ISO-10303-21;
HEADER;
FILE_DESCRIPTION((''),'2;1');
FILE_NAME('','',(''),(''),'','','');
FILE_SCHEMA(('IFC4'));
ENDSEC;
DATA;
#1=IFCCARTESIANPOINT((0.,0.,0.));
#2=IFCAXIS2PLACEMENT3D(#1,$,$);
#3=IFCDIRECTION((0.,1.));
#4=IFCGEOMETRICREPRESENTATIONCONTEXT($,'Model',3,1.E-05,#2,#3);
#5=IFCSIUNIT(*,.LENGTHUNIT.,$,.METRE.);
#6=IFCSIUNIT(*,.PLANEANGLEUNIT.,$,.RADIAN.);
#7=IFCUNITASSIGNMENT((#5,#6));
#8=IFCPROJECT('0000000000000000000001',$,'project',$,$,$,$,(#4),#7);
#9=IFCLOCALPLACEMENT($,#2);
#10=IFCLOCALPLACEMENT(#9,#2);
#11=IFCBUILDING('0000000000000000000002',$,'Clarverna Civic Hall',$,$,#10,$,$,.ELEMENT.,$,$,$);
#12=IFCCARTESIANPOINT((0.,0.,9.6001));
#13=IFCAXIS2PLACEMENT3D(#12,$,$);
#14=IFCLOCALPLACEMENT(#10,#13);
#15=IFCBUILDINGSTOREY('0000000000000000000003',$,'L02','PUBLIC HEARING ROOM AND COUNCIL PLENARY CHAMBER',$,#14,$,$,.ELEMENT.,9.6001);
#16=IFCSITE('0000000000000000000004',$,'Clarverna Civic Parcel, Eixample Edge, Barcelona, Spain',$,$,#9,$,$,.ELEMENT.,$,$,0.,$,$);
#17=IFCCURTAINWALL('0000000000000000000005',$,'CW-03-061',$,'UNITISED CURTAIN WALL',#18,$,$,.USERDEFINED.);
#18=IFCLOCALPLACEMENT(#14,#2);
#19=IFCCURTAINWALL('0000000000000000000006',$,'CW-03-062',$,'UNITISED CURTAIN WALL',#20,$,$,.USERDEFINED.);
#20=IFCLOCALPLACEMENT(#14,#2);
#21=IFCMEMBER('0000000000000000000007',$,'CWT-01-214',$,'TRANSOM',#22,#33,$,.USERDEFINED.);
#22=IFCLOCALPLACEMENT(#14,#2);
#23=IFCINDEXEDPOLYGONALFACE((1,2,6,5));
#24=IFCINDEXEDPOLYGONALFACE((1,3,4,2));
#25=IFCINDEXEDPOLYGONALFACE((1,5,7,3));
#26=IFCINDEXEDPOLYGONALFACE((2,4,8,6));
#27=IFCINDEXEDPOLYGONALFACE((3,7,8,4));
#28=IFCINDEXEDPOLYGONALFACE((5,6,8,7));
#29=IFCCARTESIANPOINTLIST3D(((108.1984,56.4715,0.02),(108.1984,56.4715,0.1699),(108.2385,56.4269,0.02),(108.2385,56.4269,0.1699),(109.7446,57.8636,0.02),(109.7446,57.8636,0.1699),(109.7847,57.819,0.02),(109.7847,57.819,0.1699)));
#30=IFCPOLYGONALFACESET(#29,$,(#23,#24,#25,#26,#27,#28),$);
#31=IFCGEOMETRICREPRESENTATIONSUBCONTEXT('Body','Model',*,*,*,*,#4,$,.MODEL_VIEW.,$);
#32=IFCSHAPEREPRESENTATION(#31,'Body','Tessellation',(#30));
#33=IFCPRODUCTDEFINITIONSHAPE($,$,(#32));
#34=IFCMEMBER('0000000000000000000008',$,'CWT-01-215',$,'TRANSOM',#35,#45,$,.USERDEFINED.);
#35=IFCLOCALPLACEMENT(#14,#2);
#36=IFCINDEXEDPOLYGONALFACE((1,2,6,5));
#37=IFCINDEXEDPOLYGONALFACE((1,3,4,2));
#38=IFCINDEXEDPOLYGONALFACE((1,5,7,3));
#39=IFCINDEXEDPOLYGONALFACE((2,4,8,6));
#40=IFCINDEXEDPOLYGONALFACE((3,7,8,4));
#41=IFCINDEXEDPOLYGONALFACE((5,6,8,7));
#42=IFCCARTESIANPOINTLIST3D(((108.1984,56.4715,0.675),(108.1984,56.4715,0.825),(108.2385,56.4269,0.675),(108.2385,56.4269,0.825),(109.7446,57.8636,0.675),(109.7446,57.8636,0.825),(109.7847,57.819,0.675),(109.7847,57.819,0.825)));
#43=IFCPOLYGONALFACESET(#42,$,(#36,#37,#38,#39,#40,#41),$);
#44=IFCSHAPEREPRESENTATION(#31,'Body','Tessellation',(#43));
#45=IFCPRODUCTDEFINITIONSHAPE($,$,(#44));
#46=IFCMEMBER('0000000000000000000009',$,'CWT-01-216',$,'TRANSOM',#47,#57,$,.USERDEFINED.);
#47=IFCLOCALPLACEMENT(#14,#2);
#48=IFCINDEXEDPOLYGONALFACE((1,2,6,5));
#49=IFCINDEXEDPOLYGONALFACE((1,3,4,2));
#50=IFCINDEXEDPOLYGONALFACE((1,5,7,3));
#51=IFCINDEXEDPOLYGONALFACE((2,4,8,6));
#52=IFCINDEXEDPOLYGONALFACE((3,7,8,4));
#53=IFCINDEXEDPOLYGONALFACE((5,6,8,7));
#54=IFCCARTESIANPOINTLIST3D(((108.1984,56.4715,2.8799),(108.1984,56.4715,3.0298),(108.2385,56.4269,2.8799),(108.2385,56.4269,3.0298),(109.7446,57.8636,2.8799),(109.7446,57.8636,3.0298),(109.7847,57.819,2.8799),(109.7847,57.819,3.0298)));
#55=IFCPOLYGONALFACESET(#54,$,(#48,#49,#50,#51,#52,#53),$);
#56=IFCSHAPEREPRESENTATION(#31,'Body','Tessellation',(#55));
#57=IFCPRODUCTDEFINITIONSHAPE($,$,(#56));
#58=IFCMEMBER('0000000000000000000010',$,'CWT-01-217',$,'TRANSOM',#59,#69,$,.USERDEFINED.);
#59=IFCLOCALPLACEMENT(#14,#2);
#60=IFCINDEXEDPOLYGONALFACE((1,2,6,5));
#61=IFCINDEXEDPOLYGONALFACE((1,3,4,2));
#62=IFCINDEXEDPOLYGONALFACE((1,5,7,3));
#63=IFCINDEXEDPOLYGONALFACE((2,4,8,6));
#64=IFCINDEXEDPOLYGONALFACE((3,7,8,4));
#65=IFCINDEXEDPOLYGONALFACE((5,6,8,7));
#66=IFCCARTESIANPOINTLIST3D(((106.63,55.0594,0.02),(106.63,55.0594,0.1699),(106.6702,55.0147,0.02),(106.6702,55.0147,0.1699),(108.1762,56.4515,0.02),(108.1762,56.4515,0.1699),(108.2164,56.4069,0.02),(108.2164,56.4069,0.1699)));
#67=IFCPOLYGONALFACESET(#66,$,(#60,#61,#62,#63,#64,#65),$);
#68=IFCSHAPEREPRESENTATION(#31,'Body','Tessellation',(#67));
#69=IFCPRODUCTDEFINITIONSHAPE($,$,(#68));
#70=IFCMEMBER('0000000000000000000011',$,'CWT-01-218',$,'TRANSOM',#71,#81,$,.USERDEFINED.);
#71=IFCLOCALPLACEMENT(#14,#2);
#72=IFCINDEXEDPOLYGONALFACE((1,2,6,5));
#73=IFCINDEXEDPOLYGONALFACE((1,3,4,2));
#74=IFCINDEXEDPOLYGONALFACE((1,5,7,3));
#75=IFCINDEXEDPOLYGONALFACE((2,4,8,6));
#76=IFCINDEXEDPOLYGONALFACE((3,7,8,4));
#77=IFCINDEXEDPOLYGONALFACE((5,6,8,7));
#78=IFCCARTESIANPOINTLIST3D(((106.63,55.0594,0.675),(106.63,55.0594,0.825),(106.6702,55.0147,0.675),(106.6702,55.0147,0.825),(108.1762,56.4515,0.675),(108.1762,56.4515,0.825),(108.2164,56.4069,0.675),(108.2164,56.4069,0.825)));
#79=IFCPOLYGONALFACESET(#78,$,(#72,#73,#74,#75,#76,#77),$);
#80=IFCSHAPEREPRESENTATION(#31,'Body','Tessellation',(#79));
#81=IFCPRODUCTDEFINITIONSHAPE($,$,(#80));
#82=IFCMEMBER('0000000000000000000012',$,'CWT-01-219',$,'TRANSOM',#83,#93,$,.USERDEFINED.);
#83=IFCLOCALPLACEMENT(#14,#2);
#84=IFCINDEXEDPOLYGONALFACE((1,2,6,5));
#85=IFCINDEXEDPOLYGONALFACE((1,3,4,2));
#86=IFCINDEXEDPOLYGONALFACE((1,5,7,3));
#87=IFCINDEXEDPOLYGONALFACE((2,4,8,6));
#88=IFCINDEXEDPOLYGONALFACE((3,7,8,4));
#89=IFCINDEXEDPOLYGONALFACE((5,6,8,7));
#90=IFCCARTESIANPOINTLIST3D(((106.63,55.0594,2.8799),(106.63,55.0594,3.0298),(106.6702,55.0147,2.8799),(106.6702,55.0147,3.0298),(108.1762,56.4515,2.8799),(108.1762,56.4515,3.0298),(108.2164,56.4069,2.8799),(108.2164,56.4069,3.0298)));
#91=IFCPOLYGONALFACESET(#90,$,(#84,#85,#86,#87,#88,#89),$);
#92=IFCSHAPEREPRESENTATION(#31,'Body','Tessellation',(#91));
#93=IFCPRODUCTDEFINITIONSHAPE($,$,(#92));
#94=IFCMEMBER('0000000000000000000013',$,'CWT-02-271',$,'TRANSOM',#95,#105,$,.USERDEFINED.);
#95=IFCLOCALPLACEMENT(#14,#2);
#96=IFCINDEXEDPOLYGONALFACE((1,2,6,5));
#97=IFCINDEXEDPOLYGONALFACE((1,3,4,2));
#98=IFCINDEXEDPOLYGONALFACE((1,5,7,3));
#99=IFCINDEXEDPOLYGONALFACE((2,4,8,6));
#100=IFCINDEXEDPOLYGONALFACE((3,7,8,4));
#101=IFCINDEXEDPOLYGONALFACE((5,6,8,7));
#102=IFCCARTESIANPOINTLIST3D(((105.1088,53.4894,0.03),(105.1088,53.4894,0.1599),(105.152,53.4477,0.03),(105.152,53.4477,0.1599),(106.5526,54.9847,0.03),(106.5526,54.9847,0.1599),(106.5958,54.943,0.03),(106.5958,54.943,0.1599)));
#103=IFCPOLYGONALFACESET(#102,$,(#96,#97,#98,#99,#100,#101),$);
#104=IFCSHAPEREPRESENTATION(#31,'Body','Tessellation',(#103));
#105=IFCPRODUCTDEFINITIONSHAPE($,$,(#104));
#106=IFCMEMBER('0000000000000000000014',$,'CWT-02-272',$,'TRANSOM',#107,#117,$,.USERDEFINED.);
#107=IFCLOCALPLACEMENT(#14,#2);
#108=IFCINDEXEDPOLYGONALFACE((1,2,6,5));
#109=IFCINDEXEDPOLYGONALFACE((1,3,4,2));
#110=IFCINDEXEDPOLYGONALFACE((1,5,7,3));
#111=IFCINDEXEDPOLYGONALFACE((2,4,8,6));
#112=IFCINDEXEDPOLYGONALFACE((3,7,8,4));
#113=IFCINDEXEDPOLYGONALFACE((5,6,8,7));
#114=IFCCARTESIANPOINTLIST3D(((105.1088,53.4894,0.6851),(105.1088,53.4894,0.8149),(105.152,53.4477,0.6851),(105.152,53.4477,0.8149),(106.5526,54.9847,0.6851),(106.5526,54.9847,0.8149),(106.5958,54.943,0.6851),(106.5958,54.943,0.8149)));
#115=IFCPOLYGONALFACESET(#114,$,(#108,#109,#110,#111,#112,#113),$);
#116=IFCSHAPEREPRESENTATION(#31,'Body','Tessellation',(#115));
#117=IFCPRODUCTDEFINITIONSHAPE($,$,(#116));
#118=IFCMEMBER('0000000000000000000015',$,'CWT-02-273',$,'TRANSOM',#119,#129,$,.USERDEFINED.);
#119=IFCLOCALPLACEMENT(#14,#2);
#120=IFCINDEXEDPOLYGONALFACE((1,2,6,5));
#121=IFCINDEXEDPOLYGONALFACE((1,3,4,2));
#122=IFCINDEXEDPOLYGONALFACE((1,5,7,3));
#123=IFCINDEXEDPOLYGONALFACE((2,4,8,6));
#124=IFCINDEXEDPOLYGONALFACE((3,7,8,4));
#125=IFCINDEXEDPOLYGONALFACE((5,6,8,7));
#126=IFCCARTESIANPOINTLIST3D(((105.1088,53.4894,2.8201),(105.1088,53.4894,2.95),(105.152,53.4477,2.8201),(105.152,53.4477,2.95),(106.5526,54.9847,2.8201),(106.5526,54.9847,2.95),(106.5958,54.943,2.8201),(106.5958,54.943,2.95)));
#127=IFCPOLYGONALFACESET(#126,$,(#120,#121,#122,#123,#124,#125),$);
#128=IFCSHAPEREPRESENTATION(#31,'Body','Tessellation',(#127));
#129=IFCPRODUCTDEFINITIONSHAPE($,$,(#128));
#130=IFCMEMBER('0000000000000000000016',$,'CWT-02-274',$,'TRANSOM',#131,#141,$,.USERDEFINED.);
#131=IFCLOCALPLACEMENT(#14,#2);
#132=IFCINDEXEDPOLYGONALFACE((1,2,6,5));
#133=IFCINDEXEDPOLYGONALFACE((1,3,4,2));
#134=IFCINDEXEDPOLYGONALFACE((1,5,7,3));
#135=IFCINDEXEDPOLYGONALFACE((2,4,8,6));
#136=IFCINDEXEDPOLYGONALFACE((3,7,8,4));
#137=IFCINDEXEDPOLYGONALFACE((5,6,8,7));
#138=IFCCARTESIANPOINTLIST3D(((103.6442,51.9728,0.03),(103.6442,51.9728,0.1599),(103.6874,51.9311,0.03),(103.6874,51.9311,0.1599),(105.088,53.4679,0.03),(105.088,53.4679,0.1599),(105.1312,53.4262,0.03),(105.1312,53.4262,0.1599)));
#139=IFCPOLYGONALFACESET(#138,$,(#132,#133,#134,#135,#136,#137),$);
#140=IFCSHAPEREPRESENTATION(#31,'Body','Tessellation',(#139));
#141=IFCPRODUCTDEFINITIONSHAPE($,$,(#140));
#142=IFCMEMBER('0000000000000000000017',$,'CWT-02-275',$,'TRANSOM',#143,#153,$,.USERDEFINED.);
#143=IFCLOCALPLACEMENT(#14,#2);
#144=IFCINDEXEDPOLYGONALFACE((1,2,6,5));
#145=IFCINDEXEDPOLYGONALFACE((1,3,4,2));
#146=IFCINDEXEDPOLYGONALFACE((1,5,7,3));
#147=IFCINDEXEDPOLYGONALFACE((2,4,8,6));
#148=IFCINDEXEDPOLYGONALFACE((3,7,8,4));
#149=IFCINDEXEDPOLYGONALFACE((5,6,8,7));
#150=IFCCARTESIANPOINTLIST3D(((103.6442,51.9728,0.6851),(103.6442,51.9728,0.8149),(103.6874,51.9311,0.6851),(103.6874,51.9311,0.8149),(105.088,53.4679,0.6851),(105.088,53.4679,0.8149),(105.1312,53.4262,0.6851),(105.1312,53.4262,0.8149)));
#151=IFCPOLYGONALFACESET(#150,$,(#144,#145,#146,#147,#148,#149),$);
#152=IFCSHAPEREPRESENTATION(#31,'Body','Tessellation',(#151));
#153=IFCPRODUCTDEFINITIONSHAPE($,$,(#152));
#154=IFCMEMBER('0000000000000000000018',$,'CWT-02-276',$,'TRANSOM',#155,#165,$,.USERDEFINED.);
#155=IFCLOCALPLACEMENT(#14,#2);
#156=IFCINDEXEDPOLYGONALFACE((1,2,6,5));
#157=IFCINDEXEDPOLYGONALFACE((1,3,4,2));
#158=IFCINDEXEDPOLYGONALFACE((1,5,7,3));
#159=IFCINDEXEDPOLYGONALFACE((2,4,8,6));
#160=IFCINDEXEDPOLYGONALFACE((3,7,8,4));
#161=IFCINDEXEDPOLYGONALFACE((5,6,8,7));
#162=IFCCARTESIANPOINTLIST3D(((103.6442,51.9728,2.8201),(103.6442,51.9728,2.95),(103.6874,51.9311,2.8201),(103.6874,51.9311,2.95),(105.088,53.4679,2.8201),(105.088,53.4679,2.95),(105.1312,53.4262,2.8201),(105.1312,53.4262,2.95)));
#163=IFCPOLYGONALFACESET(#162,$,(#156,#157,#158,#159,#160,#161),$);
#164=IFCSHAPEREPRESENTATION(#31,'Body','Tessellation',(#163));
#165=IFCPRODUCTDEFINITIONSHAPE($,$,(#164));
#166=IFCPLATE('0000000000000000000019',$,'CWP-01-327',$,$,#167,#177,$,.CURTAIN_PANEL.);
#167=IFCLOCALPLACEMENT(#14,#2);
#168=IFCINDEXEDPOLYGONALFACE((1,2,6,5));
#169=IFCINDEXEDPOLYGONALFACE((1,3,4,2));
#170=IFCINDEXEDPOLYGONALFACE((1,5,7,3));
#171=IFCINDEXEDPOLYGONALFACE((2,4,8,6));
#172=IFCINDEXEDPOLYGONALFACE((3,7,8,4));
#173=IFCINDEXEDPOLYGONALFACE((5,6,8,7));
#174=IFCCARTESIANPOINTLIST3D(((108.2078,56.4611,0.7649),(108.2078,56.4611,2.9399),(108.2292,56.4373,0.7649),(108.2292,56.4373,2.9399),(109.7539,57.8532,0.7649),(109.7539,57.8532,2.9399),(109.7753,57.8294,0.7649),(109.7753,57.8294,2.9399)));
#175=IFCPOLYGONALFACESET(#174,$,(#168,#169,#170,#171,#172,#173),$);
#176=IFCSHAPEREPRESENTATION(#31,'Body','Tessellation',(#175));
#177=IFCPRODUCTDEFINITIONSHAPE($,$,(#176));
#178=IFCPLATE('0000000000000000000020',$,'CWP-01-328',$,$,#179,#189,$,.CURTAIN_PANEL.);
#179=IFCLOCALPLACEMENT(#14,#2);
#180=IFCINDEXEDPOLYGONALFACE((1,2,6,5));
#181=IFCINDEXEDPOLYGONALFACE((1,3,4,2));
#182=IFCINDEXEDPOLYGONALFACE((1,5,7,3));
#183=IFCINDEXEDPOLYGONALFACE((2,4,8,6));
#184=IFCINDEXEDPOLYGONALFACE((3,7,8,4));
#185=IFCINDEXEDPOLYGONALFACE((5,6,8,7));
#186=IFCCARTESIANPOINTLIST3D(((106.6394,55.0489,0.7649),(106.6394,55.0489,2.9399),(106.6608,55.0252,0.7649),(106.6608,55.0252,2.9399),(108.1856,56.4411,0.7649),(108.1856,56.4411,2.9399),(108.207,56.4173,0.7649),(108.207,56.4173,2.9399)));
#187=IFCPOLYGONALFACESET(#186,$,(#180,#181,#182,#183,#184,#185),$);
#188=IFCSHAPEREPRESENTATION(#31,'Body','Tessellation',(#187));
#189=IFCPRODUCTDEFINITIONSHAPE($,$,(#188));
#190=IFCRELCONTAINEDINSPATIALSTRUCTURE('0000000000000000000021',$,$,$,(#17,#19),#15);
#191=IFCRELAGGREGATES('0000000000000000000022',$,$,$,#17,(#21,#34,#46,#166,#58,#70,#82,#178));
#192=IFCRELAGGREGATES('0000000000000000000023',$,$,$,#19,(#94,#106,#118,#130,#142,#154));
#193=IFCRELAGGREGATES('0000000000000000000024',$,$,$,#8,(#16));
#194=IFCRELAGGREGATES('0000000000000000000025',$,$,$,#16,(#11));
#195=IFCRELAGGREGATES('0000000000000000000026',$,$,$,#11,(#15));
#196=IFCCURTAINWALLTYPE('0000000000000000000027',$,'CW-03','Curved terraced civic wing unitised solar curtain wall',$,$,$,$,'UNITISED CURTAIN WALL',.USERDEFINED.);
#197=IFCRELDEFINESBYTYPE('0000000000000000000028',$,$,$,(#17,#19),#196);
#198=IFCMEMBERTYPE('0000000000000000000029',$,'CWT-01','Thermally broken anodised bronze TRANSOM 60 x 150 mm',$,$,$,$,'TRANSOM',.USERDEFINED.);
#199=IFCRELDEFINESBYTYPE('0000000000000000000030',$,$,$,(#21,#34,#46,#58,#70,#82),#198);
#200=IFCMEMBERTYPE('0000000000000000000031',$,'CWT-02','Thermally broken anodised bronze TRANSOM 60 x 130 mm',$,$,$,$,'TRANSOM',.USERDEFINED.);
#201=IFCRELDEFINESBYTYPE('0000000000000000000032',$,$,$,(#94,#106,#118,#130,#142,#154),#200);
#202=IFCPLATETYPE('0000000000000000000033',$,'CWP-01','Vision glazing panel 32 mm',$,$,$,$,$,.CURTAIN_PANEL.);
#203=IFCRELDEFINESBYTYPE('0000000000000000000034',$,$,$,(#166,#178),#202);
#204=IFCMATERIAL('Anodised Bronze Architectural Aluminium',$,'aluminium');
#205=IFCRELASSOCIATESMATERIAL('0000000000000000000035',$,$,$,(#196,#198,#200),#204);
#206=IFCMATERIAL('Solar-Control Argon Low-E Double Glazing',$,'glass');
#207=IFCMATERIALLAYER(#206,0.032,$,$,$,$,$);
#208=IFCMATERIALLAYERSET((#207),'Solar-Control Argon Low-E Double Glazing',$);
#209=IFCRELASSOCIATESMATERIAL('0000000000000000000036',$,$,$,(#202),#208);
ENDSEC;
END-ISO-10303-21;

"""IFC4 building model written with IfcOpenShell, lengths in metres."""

from ifc_helpers import new_model, si_unit, direction, frame, frame_2d, origin, origin_2d, place, context, subcontext, project, spatial, rectangle, extrude, material, layer, layer_set, material_profile, profile_set, type_object, element, aggregate, save


model = new_model("IFC4")

# Units and contexts
model_context = context("Model", 3, precision=1e-05, world=origin(), true_north=direction((0.0, 1.0)))
body_context = subcontext(model_context, "Body", "Model", "MODEL_VIEW")
ifc_project = project(units=[si_unit("LENGTHUNIT", "METRE"), si_unit("PLANEANGLEUNIT", "RADIAN")], contexts=[model_context])

# Site, building, storey
site_placement = place(None, origin())
site = spatial("IfcSite", under=ifc_project, at=site_placement, Name="Clarverna Civic Parcel, Eixample Edge, Barcelona, Spain", CompositionType="ELEMENT", RefElevation=0.0)
building_placement = place(site_placement, origin())
building = spatial("IfcBuilding", under=site, at=building_placement, Name="Clarverna Civic Hall", CompositionType="ELEMENT")
storey_placement = place(building_placement, frame((0.0, 0.0, 9.6001)))
storey = spatial("IfcBuildingStorey", under=building, at=storey_placement, Name="L02", Description="PUBLIC HEARING ROOM AND COUNCIL PLENARY CHAMBER", CompositionType="ELEMENT", Elevation=9.6001)

# Curtain walls
ifc_material_1 = material(Name="Anodised Bronze Architectural Aluminium", Category="aluminium")
curtain_wall_type = type_object("IfcCurtainWallType", Name="CW-03", Description="Curved terraced civic wing unitised solar curtain wall", ElementType="UNITISED CURTAIN WALL", PredefinedType="USERDEFINED", material=ifc_material_1)
curtain_wall_1_placement = place(storey_placement, origin())
curtain_wall_1 = element("IfcCurtainWall", 1, at=curtain_wall_1_placement, inside=storey, type_object=curtain_wall_type, Name="CW-03-061", ObjectType="UNITISED CURTAIN WALL", PredefinedType="USERDEFINED")
curtain_wall_2_placement = place(storey_placement, origin())
curtain_wall_2 = element("IfcCurtainWall", 2, at=curtain_wall_2_placement, inside=storey, type_object=curtain_wall_type, Name="CW-03-062", ObjectType="UNITISED CURTAIN WALL", PredefinedType="USERDEFINED")

# Members
ifc_material_profile_1 = material_profile(ifc_material_1, rectangle(XDim=0.0601, YDim=0.1499, at=origin_2d()), Name="BRONZE 60x150")
ifc_profile_set_1 = profile_set([ifc_material_profile_1], Name="Anodised Bronze Architectural Aluminium")
member_type_1 = type_object("IfcMemberType", Name="CWT-01", Description="Thermally broken anodised bronze TRANSOM 60 x 150 mm", ElementType="TRANSOM", PredefinedType="USERDEFINED", material=ifc_profile_set_1)
member_1_placement = place(storey_placement, frame((109.7646, 57.8413, 0.095), z_axis=(-0.74316, -0.669114, 0.0), x_axis=(0.669114, -0.74316, 0.0)))
member_1 = element("IfcMember", 3, at=member_1_placement, type_object=member_type_1, Name="CWT-01-214", ObjectType="TRANSOM", PredefinedType="USERDEFINED", context=body_context, shape_type="SweptSolid", body=[
    extrude(rectangle(XDim=0.0601, YDim=0.1499, at=origin_2d()), origin(), (0.0, 0.0, 1.0), 2.0806),
])
member_2_placement = place(storey_placement, frame((109.7646, 57.8413, 0.75), z_axis=(-0.74316, -0.669114, 0.0), x_axis=(0.669114, -0.74316, 0.0)))
member_2 = element("IfcMember", 4, at=member_2_placement, type_object=member_type_1, Name="CWT-01-215", ObjectType="TRANSOM", PredefinedType="USERDEFINED", context=body_context, shape_type="SweptSolid", body=[
    extrude(rectangle(XDim=0.0601, YDim=0.1499, at=origin_2d()), origin(), (0.0, 0.0, 1.0), 2.0806),
])
member_3_placement = place(storey_placement, frame((109.7646, 57.8413, 2.9548), z_axis=(-0.74316, -0.669114, 0.0), x_axis=(0.669114, -0.74316, 0.0)))
member_3 = element("IfcMember", 5, at=member_3_placement, type_object=member_type_1, Name="CWT-01-216", ObjectType="TRANSOM", PredefinedType="USERDEFINED", context=body_context, shape_type="SweptSolid", body=[
    extrude(rectangle(XDim=0.0601, YDim=0.1499, at=origin_2d()), origin(), (0.0, 0.0, 1.0), 2.0806),
])
member_4_placement = place(storey_placement, frame((108.1963, 56.4292, 0.095), z_axis=(-0.74316, -0.669114, 0.0), x_axis=(0.669114, -0.74316, 0.0)))
member_4 = element("IfcMember", 6, at=member_4_placement, type_object=member_type_1, Name="CWT-01-217", ObjectType="TRANSOM", PredefinedType="USERDEFINED", context=body_context, shape_type="SweptSolid", body=[
    extrude(rectangle(XDim=0.0601, YDim=0.1499, at=origin_2d()), origin(), (0.0, 0.0, 1.0), 2.0806),
])
member_5_placement = place(storey_placement, frame((108.1963, 56.4292, 0.75), z_axis=(-0.74316, -0.669114, 0.0), x_axis=(0.669114, -0.74316, 0.0)))
member_5 = element("IfcMember", 7, at=member_5_placement, type_object=member_type_1, Name="CWT-01-218", ObjectType="TRANSOM", PredefinedType="USERDEFINED", context=body_context, shape_type="SweptSolid", body=[
    extrude(rectangle(XDim=0.0601, YDim=0.1499, at=origin_2d()), origin(), (0.0, 0.0, 1.0), 2.0806),
])
member_6_placement = place(storey_placement, frame((108.1963, 56.4292, 2.9548), z_axis=(-0.74316, -0.669114, 0.0), x_axis=(0.669114, -0.74316, 0.0)))
member_6 = element("IfcMember", 8, at=member_6_placement, type_object=member_type_1, Name="CWT-01-219", ObjectType="TRANSOM", PredefinedType="USERDEFINED", context=body_context, shape_type="SweptSolid", body=[
    extrude(rectangle(XDim=0.0601, YDim=0.1499, at=origin_2d()), origin(), (0.0, 0.0, 1.0), 2.0806),
])
ifc_material_profile_2 = material_profile(ifc_material_1, rectangle(XDim=0.0601, YDim=0.1299, at=origin_2d()), Name="BRONZE 60x130")
ifc_profile_set_2 = profile_set([ifc_material_profile_2], Name="Anodised Bronze Architectural Aluminium")
member_type_2 = type_object("IfcMemberType", Name="CWT-02", Description="Thermally broken anodised bronze TRANSOM 60 x 130 mm", ElementType="TRANSOM", PredefinedType="USERDEFINED", material=ifc_profile_set_2)
member_7_placement = place(storey_placement, frame((106.5742, 54.9639, 0.095), z_axis=(-0.694607, -0.719389, 0.0), x_axis=(0.719389, -0.694607, 0.0)))
member_7 = element("IfcMember", 9, at=member_7_placement, type_object=member_type_2, Name="CWT-02-271", ObjectType="TRANSOM", PredefinedType="USERDEFINED", context=body_context, shape_type="SweptSolid", body=[
    extrude(rectangle(XDim=0.0601, YDim=0.1299, at=origin_2d()), origin(), (0.0, 0.0, 1.0), 2.0786),
])
member_8_placement = place(storey_placement, frame((106.5742, 54.9639, 0.75), z_axis=(-0.694607, -0.719389, 0.0), x_axis=(0.719389, -0.694607, 0.0)))
member_8 = element("IfcMember", 10, at=member_8_placement, type_object=member_type_2, Name="CWT-02-272", ObjectType="TRANSOM", PredefinedType="USERDEFINED", context=body_context, shape_type="SweptSolid", body=[
    extrude(rectangle(XDim=0.0601, YDim=0.1299, at=origin_2d()), origin(), (0.0, 0.0, 1.0), 2.0786),
])
member_9_placement = place(storey_placement, frame((106.5742, 54.9639, 2.885), z_axis=(-0.694607, -0.719389, 0.0), x_axis=(0.719389, -0.694607, 0.0)))
member_9 = element("IfcMember", 11, at=member_9_placement, type_object=member_type_2, Name="CWT-02-273", ObjectType="TRANSOM", PredefinedType="USERDEFINED", context=body_context, shape_type="SweptSolid", body=[
    extrude(rectangle(XDim=0.0601, YDim=0.1299, at=origin_2d()), origin(), (0.0, 0.0, 1.0), 2.0786),
])
member_10_placement = place(storey_placement, frame((105.1096, 53.447, 0.095), z_axis=(-0.694666, -0.719333, 0.0), x_axis=(0.719333, -0.694666, 0.0)))
member_10 = element("IfcMember", 12, at=member_10_placement, type_object=member_type_2, Name="CWT-02-274", ObjectType="TRANSOM", PredefinedType="USERDEFINED", context=body_context, shape_type="SweptSolid", body=[
    extrude(rectangle(XDim=0.0601, YDim=0.1299, at=origin_2d()), origin(), (0.0, 0.0, 1.0), 2.0784),
])
member_11_placement = place(storey_placement, frame((105.1096, 53.447, 0.75), z_axis=(-0.694666, -0.719333, 0.0), x_axis=(0.719333, -0.694666, 0.0)))
member_11 = element("IfcMember", 13, at=member_11_placement, type_object=member_type_2, Name="CWT-02-275", ObjectType="TRANSOM", PredefinedType="USERDEFINED", context=body_context, shape_type="SweptSolid", body=[
    extrude(rectangle(XDim=0.0601, YDim=0.1299, at=origin_2d()), origin(), (0.0, 0.0, 1.0), 2.0784),
])
member_12_placement = place(storey_placement, frame((105.1096, 53.447, 2.885), z_axis=(-0.694666, -0.719333, 0.0), x_axis=(0.719333, -0.694666, 0.0)))
member_12 = element("IfcMember", 14, at=member_12_placement, type_object=member_type_2, Name="CWT-02-276", ObjectType="TRANSOM", PredefinedType="USERDEFINED", context=body_context, shape_type="SweptSolid", body=[
    extrude(rectangle(XDim=0.0601, YDim=0.1299, at=origin_2d()), origin(), (0.0, 0.0, 1.0), 2.0784),
])

# Plates
ifc_material_2 = material(Name="Solar-Control Argon Low-E Double Glazing", Category="glass")
ifc_layer_1 = layer(ifc_material_2, 0.032)
ifc_layer_set_1 = layer_set([ifc_layer_1], Name="Solar-Control Argon Low-E Double Glazing")
plate_type_1 = type_object("IfcPlateType", Name="CWP-01", Description="Vision glazing panel 32 mm", PredefinedType="CURTAIN_PANEL", material=ifc_layer_set_1)
plate_1_placement = place(storey_placement, frame((109.7646, 57.8413, 0.7649), z_axis=(0.0, 0.0, 1.0), x_axis=(-0.74316, -0.669114, 0.0)))
plate_1 = element("IfcPlate", 15, at=plate_1_placement, type_object=plate_type_1, Name="CWP-01-327", PredefinedType="CURTAIN_PANEL", context=body_context, shape_type="SweptSolid", body=[
    extrude(rectangle(XDim=2.0806, YDim=0.032, at=frame_2d((1.0403, 0.0))), origin(), (0.0, 0.0, 1.0), 2.175),
])
plate_2_placement = place(storey_placement, frame((108.1963, 56.4292, 0.7649), z_axis=(0.0, 0.0, 1.0), x_axis=(-0.74316, -0.669114, 0.0)))
plate_2 = element("IfcPlate", 16, at=plate_2_placement, type_object=plate_type_1, Name="CWP-01-328", PredefinedType="CURTAIN_PANEL", context=body_context, shape_type="SweptSolid", body=[
    extrude(rectangle(XDim=2.0806, YDim=0.032, at=frame_2d((1.0403, 0.0))), origin(), (0.0, 0.0, 1.0), 2.175),
])
aggregate(curtain_wall_1, [member_1, member_2, member_3, plate_1, member_4, member_5, member_6, plate_2])
aggregate(curtain_wall_2, [member_7, member_8, member_9, member_10, member_11, member_12])

save(model, "model.ifc")
